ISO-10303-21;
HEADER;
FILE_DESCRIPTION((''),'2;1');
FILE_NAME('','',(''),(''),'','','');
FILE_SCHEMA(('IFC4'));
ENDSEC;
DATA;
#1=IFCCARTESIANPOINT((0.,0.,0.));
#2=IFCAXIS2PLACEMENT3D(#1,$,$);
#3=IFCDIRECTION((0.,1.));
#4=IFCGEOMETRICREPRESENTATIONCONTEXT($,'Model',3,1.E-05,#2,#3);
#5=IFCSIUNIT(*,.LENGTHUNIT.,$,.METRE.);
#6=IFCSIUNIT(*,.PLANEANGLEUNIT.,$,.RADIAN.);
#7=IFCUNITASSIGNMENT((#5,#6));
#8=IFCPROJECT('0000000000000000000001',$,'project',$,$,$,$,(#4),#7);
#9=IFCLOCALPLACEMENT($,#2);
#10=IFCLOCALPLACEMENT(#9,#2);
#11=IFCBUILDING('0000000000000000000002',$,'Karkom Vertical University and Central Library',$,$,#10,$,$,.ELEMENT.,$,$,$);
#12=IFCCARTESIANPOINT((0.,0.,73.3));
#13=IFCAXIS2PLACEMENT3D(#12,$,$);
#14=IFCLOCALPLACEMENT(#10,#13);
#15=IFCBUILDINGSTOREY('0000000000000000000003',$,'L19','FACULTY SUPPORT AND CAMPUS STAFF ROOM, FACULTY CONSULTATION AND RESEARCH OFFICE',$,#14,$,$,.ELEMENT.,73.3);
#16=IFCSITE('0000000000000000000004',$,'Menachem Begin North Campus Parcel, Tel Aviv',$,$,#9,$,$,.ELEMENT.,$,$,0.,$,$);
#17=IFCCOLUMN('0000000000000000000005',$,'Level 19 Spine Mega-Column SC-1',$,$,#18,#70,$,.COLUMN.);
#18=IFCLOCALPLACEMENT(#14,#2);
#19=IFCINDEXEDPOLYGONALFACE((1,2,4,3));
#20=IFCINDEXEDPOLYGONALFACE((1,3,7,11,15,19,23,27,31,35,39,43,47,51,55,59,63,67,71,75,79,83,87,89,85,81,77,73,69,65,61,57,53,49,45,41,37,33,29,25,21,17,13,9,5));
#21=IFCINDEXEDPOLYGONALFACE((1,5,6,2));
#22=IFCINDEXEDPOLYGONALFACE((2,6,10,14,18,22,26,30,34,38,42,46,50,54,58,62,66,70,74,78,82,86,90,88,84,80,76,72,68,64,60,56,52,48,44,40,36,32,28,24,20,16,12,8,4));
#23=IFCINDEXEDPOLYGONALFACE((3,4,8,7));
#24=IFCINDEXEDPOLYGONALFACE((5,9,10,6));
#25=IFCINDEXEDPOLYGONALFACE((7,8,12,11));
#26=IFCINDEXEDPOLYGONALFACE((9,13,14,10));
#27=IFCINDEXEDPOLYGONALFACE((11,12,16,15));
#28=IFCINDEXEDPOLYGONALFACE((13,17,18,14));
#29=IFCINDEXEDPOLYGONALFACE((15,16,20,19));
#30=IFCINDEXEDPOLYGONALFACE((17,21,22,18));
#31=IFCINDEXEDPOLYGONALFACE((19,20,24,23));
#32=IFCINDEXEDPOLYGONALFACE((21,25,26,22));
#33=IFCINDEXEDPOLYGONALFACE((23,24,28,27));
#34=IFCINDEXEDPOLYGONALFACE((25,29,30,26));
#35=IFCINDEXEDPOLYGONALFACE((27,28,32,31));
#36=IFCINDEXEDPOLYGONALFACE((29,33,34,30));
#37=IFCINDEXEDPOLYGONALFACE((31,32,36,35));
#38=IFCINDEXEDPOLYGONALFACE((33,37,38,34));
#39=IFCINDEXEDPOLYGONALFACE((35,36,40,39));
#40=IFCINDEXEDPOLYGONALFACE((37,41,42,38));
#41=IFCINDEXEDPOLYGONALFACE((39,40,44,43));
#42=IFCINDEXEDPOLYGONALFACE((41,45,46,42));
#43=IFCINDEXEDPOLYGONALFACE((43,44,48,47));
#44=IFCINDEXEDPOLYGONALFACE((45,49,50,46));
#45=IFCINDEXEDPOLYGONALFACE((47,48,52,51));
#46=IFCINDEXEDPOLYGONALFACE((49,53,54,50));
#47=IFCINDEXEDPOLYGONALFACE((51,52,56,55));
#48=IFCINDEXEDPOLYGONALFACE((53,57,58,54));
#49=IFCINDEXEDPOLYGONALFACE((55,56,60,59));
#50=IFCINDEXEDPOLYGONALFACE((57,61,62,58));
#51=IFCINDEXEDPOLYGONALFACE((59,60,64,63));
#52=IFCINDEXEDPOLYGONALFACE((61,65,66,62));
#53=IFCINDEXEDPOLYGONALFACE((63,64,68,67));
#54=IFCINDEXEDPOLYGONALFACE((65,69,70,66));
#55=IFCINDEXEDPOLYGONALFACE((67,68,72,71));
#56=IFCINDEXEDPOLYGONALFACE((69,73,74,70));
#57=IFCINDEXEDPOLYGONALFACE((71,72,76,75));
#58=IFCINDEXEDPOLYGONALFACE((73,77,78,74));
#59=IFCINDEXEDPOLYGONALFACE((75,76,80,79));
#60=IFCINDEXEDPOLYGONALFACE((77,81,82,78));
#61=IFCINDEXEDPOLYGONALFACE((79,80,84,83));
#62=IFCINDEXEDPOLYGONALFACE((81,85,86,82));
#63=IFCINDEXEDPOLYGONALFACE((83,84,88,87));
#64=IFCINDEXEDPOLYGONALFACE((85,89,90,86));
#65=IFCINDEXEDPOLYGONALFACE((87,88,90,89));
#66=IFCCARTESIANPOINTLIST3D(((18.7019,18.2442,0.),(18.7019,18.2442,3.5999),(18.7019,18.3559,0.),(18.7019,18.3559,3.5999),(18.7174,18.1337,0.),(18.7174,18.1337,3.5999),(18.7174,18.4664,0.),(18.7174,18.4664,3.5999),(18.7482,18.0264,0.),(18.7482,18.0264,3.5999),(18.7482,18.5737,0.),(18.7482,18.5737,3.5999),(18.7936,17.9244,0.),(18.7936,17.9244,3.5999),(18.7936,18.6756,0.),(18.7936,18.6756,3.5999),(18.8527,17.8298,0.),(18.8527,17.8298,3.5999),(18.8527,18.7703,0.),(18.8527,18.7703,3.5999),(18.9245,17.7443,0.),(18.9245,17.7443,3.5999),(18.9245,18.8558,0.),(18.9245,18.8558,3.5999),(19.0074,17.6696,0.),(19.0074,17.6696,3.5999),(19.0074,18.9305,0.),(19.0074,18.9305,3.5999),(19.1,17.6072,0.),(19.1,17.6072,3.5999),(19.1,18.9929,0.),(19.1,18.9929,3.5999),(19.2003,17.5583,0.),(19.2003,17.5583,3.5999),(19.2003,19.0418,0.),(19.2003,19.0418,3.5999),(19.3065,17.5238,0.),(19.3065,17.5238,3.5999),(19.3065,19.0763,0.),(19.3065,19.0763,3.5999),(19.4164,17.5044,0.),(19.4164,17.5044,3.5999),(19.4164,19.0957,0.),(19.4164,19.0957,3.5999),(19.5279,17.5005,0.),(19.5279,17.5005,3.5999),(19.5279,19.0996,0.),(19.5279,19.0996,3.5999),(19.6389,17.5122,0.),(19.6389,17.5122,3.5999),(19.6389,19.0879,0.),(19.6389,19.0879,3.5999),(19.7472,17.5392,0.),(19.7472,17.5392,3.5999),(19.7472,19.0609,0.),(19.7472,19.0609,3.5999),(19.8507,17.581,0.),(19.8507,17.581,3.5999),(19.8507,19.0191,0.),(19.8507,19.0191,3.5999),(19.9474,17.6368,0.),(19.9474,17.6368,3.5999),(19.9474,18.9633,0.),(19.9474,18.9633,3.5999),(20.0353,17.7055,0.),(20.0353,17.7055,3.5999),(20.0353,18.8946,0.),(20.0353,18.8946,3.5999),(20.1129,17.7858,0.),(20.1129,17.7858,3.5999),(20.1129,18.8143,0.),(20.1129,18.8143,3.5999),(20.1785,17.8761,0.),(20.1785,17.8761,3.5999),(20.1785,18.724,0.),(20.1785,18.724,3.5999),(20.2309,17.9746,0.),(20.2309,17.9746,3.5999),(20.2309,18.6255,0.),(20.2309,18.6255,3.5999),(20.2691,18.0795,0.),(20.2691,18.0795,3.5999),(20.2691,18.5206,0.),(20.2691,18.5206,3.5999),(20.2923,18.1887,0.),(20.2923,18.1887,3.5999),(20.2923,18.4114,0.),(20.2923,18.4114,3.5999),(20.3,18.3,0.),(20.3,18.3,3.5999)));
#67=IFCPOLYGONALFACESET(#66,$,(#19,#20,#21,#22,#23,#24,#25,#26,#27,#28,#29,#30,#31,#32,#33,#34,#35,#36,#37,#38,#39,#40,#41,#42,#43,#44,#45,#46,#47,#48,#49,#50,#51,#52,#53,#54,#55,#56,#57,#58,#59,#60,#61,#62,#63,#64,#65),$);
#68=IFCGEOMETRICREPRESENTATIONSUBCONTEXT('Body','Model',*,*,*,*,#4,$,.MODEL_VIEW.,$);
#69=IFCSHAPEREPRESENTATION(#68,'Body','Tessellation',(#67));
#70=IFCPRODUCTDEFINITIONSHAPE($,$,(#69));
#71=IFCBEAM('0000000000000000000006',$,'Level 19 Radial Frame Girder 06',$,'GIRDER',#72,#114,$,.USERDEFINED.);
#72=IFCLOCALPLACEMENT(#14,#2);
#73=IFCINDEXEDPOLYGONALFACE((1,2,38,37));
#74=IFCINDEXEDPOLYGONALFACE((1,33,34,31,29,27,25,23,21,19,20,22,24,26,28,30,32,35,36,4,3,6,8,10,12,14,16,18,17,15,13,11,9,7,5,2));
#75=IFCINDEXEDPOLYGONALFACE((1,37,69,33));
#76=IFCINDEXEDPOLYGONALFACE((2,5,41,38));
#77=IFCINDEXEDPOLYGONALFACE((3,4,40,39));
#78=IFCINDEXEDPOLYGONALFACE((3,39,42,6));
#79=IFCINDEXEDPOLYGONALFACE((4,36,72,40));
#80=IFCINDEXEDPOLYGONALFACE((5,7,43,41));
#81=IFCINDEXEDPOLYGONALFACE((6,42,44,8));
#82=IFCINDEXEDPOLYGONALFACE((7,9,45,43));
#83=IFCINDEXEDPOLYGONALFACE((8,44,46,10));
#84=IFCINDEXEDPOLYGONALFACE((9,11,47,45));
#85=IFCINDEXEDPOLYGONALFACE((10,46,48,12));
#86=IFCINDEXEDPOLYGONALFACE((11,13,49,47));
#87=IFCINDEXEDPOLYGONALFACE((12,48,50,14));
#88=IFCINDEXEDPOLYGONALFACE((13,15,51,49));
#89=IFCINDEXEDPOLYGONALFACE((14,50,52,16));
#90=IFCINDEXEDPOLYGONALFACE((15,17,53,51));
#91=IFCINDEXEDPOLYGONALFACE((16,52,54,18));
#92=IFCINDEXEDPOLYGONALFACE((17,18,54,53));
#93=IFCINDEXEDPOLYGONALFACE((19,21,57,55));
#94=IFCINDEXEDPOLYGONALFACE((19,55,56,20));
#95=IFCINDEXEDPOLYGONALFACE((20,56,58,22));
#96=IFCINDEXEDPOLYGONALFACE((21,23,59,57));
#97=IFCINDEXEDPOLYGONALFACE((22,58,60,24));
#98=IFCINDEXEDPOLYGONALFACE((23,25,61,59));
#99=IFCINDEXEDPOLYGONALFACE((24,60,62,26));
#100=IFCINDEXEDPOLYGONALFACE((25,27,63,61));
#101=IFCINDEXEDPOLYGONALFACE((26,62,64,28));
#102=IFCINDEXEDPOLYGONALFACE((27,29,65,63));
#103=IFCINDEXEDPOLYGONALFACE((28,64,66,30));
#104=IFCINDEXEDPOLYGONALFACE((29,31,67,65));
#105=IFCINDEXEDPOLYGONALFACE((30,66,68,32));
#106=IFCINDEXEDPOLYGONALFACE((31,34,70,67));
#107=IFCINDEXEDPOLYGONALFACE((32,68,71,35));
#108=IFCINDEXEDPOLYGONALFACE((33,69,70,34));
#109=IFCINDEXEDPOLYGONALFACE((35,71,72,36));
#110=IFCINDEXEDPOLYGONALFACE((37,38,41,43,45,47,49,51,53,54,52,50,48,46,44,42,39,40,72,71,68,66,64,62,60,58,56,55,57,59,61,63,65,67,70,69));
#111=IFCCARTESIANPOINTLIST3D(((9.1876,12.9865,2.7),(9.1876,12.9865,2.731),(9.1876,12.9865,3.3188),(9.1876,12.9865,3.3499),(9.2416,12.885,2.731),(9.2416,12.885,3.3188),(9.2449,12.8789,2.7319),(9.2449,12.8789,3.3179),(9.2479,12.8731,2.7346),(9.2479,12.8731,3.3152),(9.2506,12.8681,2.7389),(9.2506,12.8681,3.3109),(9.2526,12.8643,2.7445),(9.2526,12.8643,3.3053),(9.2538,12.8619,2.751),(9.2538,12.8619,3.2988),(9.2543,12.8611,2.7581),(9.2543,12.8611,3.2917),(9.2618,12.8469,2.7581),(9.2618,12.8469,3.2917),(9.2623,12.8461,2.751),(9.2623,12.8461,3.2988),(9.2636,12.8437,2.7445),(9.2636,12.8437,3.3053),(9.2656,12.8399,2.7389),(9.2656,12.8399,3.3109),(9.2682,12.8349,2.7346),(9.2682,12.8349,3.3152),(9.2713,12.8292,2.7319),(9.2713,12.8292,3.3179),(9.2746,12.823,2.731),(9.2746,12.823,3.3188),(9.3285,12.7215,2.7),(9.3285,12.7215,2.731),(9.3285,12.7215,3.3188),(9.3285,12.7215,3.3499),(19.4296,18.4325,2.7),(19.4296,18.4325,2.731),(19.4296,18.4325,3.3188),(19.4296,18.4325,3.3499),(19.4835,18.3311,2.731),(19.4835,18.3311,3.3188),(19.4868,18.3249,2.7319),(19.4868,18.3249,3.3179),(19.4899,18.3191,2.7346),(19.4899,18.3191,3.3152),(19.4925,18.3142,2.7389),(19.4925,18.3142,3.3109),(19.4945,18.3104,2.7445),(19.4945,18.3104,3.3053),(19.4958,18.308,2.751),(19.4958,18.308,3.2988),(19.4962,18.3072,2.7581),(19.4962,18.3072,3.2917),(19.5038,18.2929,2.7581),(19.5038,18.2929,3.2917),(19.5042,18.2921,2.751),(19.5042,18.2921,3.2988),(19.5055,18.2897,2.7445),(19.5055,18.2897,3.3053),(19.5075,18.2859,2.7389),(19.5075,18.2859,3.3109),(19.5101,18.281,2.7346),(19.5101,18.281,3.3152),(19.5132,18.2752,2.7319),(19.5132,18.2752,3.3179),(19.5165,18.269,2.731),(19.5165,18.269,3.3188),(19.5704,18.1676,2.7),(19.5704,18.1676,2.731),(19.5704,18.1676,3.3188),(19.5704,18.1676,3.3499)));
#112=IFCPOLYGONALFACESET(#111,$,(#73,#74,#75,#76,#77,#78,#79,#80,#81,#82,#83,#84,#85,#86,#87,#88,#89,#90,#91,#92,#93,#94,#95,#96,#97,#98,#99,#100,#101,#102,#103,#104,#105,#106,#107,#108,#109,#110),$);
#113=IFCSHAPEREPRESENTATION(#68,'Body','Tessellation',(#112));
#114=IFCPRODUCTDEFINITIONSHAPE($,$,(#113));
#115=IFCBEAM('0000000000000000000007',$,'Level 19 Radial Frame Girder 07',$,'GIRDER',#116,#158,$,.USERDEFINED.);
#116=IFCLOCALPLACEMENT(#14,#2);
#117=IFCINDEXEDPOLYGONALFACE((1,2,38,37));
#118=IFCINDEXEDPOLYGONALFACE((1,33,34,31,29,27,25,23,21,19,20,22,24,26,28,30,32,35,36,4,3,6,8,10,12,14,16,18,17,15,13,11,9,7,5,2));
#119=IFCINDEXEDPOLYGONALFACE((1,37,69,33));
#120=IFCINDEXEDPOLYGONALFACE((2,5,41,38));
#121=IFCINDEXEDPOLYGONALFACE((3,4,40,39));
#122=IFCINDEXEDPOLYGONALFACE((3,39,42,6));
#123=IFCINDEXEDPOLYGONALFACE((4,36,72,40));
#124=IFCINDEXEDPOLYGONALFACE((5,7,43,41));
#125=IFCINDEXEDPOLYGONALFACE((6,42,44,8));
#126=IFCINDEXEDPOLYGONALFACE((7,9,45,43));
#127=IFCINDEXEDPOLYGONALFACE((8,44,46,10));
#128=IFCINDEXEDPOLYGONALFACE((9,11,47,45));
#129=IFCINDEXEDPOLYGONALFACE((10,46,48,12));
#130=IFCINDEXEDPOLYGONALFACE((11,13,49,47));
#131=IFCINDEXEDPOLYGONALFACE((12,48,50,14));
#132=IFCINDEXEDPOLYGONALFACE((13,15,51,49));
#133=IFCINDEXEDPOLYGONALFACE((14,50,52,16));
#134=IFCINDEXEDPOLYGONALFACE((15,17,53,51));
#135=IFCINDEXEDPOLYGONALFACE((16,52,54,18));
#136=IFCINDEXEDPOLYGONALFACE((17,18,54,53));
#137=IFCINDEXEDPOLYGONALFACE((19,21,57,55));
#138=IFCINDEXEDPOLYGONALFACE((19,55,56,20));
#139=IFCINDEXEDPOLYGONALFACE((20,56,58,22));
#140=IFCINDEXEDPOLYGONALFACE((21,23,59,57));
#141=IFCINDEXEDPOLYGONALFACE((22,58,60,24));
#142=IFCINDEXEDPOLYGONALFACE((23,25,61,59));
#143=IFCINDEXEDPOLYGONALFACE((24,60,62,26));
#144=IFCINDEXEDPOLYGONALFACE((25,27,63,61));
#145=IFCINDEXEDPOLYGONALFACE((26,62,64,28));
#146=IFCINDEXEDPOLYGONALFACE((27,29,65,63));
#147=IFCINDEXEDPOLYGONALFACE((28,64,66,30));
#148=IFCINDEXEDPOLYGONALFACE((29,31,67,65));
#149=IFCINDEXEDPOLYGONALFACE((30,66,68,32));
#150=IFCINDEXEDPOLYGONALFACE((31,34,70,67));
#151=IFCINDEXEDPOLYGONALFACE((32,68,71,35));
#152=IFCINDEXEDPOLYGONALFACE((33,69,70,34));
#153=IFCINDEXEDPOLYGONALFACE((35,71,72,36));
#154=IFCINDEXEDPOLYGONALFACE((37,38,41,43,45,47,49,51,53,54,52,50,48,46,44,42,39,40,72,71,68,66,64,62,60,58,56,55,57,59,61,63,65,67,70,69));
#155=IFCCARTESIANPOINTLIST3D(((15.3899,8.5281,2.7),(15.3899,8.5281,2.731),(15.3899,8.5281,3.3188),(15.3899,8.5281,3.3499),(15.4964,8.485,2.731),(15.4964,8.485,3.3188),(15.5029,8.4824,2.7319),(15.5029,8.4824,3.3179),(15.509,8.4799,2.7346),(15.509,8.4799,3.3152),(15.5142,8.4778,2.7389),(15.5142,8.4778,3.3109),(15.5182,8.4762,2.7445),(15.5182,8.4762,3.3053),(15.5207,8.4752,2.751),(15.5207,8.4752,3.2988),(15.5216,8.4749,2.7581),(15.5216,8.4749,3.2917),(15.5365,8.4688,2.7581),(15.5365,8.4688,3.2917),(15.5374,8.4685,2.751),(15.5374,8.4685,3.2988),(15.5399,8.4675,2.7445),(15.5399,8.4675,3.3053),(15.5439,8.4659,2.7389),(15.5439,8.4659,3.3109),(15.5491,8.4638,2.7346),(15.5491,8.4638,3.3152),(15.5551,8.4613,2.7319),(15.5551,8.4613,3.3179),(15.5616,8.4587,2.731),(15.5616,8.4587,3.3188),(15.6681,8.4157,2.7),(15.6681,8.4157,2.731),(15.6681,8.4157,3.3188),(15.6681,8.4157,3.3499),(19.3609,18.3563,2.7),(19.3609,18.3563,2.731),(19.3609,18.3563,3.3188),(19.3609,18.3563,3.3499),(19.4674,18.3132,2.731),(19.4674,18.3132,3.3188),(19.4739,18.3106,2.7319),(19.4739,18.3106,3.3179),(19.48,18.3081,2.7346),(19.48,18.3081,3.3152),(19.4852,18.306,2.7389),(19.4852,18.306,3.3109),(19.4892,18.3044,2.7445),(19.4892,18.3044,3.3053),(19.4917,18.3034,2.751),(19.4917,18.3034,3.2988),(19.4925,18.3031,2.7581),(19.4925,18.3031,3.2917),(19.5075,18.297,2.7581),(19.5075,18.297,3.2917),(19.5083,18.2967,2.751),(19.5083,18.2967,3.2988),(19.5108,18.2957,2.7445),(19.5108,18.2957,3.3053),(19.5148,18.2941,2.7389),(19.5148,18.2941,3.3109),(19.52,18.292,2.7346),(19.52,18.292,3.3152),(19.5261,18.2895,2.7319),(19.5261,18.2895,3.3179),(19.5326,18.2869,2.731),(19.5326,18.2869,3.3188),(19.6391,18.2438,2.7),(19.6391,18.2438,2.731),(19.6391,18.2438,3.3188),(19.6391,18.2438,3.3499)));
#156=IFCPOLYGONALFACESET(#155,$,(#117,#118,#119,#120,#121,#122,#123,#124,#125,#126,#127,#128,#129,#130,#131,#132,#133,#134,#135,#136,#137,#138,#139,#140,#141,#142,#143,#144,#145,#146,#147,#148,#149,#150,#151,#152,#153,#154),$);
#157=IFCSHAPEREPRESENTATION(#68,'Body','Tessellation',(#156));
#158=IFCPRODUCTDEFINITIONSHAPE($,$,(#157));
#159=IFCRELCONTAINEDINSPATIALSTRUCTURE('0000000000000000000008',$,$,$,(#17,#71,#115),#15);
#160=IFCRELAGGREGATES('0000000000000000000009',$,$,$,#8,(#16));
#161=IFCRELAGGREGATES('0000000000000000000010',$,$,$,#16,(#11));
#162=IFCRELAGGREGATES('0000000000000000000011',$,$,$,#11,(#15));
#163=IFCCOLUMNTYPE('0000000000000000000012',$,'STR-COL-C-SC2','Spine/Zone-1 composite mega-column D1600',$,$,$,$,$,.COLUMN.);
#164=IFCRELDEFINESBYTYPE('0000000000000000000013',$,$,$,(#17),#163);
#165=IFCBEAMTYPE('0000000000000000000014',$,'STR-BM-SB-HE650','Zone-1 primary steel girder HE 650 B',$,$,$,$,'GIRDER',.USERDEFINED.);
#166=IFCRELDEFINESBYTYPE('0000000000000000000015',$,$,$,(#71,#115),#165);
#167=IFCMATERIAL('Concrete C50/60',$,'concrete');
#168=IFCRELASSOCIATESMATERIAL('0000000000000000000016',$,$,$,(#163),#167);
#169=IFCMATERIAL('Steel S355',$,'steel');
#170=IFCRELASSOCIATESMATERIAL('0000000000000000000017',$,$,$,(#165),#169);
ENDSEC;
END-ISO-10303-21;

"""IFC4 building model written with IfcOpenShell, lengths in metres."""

from ifc_helpers import new_model, si_unit, direction, frame, origin, origin_with_axes, origin_2d, place, context, subcontext, project, spatial, circle, i_section, extrude, source, transform, mapped, material, material_profile, profile_set, type_object, element, save


model = new_model("IFC4")

# Units and contexts
model_context = context("Model", 3, precision=1e-05, world=origin(), true_north=direction((0.0, 1.0)))
body_context = subcontext(model_context, "Body", "Model", "MODEL_VIEW")
ifc_project = project(units=[si_unit("LENGTHUNIT", "METRE"), si_unit("PLANEANGLEUNIT", "RADIAN")], contexts=[model_context])

# Site, building, storey
site_placement = place(None, origin())
site = spatial("IfcSite", under=ifc_project, at=site_placement, Name="Menachem Begin North Campus Parcel, Tel Aviv", CompositionType="ELEMENT", RefElevation=0.0)
building_placement = place(site_placement, origin())
building = spatial("IfcBuilding", under=site, at=building_placement, Name="Karkom Vertical University and Central Library", CompositionType="ELEMENT")
storey_placement = place(building_placement, frame((0.0, 0.0, 73.3)))
storey = spatial("IfcBuildingStorey", under=building, at=storey_placement, Name="L19", Description="FACULTY SUPPORT AND CAMPUS STAFF ROOM, FACULTY CONSULTATION AND RESEARCH OFFICE", CompositionType="ELEMENT", Elevation=73.3)

# Column
ifc_material_1 = material(Name="Concrete C50/60", Category="concrete")
ifc_material_profile_1 = material_profile(ifc_material_1, circle(Radius=0.8, at=origin_2d()), Name="CFT-D1600")
ifc_profile_set_1 = profile_set([ifc_material_profile_1], Name="Concrete C50/60")
column_type = type_object("IfcColumnType", Name="STR-COL-C-SC2", Description="Spine/Zone-1 composite mega-column D1600", PredefinedType="COLUMN", material=ifc_profile_set_1)
shared_shape_1 = source(origin_with_axes(), body_context, "Body", "SweptSolid", [
    extrude(circle(Radius=0.8, at=origin_2d()), origin(), (0.0, 0.0, 1.0), 3.5999),
])
column_placement = place(storey_placement, frame((19.5, 18.3, 0.0), z_axis=(0.0, 0.0, 1.0), x_axis=(1.0, 0.0, 0.0)))
element("IfcColumn", 1, at=column_placement, inside=storey, type_object=column_type, Name="Level 19 Spine Mega-Column SC-1", PredefinedType="COLUMN", context=body_context, shape_type="MappedRepresentation", body=[
    mapped(shared_shape_1, transform((0.0, 0.0, 0.0), scale=1.0)),
])

# Beams
ifc_material_2 = material(Name="Steel S355", Category="steel")
ifc_material_profile_2 = material_profile(ifc_material_2, i_section(OverallWidth=0.3, OverallDepth=0.6499, WebThickness=0.0161, FlangeThickness=0.031, FilletRadius=0.0271, at=origin_2d()), Name="HE 650 B")
ifc_profile_set_2 = profile_set([ifc_material_profile_2], Name="Steel S355")
beam_type_1 = type_object("IfcBeamType", Name="STR-BM-SB-HE650", Description="Zone-1 primary steel girder HE 650 B", ElementType="GIRDER", PredefinedType="USERDEFINED", material=ifc_profile_set_2)
shared_shape_2 = source(origin_with_axes(), body_context, "Body", "SweptSolid", [
    extrude(i_section(OverallWidth=0.3, OverallDepth=0.6499, WebThickness=0.0161, FlangeThickness=0.031, FilletRadius=0.0271, at=origin_2d()), origin(), (0.0, 0.0, 1.0), 11.5999),
])
beam_1_placement = place(storey_placement, frame((19.5, 18.3, 3.0249), z_axis=(-0.882937, -0.469492, 0.0), x_axis=(0.469492, -0.882937, 0.0)))
element("IfcBeam", 2, at=beam_1_placement, inside=storey, type_object=beam_type_1, Name="Level 19 Radial Frame Girder 06", ObjectType="GIRDER", PredefinedType="USERDEFINED", context=body_context, shape_type="MappedRepresentation", body=[
    mapped(shared_shape_2, transform((0.0, 0.0, 0.0), scale=1.0)),
])
shared_shape_3 = source(origin_with_axes(), body_context, "Body", "SweptSolid", [
    extrude(i_section(OverallWidth=0.3, OverallDepth=0.6499, WebThickness=0.0161, FlangeThickness=0.031, FilletRadius=0.0271, at=origin_2d()), origin(), (0.0, 0.0, 1.0), 10.6001),
])
beam_2_placement = place(storey_placement, frame((19.5, 18.3, 3.0249), z_axis=(-0.374617, -0.92718, 0.0), x_axis=(0.92718, -0.374617, 0.0)))
element("IfcBeam", 3, at=beam_2_placement, inside=storey, type_object=beam_type_1, Name="Level 19 Radial Frame Girder 07", ObjectType="GIRDER", PredefinedType="USERDEFINED", context=body_context, shape_type="MappedRepresentation", body=[
    mapped(shared_shape_3, transform((0.0, 0.0, 0.0), scale=1.0)),
])

save(model, "model.ifc")
